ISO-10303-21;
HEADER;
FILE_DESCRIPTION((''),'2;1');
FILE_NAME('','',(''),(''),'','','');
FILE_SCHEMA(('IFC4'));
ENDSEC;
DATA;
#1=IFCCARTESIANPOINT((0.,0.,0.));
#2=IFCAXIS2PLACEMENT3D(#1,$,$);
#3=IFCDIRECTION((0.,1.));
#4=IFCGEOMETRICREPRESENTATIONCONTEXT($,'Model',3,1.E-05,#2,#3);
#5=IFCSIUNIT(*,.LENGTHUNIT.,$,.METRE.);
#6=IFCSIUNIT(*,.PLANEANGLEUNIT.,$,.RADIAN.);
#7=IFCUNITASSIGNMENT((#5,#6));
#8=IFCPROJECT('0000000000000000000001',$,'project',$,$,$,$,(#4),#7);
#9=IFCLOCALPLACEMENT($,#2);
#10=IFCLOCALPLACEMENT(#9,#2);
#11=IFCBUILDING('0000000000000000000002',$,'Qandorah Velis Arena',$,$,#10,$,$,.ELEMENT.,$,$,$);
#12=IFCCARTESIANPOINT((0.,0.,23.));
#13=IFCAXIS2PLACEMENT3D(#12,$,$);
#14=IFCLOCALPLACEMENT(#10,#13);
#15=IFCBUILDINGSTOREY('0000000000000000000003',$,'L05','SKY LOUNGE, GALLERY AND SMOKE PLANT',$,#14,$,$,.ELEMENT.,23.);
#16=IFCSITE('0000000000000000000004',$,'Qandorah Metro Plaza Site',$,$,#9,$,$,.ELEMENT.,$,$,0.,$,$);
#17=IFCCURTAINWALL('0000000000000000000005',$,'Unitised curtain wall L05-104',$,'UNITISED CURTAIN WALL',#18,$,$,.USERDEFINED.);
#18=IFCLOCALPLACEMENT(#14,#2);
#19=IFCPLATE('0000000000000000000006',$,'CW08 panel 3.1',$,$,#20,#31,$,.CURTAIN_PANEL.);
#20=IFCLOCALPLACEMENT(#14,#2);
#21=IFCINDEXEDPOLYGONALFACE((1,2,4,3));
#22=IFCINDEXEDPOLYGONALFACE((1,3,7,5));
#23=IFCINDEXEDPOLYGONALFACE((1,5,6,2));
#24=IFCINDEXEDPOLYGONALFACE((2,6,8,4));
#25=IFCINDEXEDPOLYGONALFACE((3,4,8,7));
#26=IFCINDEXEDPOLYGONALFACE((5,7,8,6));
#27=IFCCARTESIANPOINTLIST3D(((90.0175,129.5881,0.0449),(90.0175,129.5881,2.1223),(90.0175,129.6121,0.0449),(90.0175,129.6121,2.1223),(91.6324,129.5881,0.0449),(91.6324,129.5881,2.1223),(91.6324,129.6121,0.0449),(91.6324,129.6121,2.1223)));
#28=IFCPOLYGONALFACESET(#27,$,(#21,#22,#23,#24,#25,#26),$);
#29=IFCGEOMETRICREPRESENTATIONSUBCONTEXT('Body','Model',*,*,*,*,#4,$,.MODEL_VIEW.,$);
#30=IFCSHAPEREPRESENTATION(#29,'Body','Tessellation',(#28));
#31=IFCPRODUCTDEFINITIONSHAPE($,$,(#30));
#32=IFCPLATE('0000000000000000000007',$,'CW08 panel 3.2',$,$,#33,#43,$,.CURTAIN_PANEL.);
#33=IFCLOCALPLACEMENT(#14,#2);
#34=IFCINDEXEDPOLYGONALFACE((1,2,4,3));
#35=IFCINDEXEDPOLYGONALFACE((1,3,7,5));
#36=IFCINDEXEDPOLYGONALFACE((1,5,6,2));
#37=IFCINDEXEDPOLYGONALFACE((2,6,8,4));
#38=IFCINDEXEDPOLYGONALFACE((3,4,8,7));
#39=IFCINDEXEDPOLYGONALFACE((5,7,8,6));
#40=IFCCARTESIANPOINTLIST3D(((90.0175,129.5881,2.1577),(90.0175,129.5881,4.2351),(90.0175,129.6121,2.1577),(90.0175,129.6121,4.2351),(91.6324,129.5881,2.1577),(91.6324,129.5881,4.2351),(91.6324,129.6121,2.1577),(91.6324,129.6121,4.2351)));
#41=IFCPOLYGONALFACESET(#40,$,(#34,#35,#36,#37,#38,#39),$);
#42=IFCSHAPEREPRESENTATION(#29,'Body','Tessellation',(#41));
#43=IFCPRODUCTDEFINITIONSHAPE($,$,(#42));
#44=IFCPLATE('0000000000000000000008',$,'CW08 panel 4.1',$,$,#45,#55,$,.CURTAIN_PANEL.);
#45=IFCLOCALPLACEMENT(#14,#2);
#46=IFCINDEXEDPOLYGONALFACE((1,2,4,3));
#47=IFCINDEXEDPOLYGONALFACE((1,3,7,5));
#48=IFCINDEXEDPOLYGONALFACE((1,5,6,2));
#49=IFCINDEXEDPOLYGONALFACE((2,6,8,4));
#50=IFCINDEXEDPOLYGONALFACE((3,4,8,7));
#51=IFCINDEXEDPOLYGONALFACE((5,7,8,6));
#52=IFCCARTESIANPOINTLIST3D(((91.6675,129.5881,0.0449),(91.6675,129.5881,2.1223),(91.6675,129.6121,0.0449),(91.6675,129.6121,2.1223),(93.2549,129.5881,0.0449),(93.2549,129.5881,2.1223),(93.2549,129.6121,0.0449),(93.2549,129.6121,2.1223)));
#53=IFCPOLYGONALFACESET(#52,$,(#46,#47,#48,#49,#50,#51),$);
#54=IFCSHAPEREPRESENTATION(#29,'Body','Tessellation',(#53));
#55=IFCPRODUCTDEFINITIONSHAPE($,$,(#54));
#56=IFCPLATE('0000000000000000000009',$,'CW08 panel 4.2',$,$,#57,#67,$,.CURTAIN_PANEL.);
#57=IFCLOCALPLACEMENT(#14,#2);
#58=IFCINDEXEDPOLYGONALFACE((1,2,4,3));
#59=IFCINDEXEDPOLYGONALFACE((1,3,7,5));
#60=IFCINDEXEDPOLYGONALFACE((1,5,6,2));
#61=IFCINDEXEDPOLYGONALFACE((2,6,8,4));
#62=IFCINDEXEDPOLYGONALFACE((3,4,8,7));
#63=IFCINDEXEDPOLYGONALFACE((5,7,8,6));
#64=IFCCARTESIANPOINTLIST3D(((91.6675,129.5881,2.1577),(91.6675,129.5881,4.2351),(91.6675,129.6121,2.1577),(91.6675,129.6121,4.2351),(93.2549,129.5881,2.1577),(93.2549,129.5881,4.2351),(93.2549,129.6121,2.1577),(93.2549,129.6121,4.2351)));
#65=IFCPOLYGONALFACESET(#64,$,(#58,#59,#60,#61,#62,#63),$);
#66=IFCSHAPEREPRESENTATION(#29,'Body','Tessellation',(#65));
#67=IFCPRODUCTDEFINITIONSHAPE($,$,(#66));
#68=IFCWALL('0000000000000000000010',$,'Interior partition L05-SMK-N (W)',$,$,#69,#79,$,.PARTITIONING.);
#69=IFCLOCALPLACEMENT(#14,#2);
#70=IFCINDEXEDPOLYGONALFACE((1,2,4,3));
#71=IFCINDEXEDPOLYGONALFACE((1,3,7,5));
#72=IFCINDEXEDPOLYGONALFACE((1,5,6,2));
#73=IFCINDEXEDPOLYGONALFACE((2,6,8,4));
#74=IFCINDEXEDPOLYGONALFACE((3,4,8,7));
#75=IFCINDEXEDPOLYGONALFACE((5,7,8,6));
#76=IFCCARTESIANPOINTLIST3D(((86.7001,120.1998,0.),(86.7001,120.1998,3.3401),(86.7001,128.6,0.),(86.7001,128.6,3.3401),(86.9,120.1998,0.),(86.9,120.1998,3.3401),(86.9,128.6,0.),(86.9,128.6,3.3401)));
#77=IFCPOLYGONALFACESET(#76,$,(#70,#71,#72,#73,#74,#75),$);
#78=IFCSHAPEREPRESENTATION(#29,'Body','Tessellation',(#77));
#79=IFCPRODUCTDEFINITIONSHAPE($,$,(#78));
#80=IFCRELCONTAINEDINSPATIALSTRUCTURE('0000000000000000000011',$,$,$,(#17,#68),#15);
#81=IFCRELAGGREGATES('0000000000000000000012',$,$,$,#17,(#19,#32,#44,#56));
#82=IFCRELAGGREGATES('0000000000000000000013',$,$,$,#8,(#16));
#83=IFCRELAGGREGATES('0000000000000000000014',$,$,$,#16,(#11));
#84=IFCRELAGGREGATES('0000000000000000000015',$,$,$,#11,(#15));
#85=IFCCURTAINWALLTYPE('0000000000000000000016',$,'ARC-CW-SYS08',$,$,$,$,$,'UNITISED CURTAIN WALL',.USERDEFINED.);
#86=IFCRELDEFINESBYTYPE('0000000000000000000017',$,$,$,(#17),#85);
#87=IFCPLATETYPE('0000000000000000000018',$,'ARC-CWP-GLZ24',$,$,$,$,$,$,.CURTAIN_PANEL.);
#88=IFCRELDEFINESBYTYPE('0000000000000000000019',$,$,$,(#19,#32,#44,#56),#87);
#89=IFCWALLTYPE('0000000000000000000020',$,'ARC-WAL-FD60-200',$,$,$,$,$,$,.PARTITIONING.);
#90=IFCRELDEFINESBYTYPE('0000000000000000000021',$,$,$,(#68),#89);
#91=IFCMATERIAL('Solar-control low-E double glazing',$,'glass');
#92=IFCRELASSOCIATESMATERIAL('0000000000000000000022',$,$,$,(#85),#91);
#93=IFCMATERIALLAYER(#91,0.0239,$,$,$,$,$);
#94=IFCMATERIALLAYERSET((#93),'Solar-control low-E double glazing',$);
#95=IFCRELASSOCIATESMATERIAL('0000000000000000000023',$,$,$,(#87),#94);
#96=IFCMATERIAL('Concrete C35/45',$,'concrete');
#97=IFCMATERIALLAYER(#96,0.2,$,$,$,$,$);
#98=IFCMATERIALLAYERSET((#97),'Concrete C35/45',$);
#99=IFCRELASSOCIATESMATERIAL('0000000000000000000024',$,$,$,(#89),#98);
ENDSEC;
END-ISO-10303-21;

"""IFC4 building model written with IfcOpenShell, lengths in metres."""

from ifc_helpers import new_model, si_unit, direction, frame, frame_2d, origin, origin_2d, place, context, subcontext, project, spatial, rectangle, extrude, material, layer, layer_set, type_object, element, aggregate, save


model = new_model("IFC4")

# Units and contexts
model_context = context("Model", 3, precision=1e-05, world=origin(), true_north=direction((0.0, 1.0)))
body_context = subcontext(model_context, "Body", "Model", "MODEL_VIEW")
ifc_project = project(units=[si_unit("LENGTHUNIT", "METRE"), si_unit("PLANEANGLEUNIT", "RADIAN")], contexts=[model_context])

# Site, building, storey
site_placement = place(None, origin())
site = spatial("IfcSite", under=ifc_project, at=site_placement, Name="Qandorah Metro Plaza Site", CompositionType="ELEMENT", RefElevation=0.0)
building_placement = place(site_placement, origin())
building = spatial("IfcBuilding", under=site, at=building_placement, Name="Qandorah Velis Arena", CompositionType="ELEMENT")
storey_placement = place(building_placement, frame((0.0, 0.0, 23.0)))
storey = spatial("IfcBuildingStorey", under=building, at=storey_placement, Name="L05", Description="SKY LOUNGE, GALLERY AND SMOKE PLANT", CompositionType="ELEMENT", Elevation=23.0)

# Curtain wall
ifc_material_1 = material(Name="Solar-control low-E double glazing", Category="glass")
curtain_wall_type = type_object("IfcCurtainWallType", Name="ARC-CW-SYS08", ElementType="UNITISED CURTAIN WALL", PredefinedType="USERDEFINED", material=ifc_material_1)
curtain_wall_placement = place(storey_placement, origin())
curtain_wall = element("IfcCurtainWall", 1, at=curtain_wall_placement, inside=storey, type_object=curtain_wall_type, Name="Unitised curtain wall L05-104", ObjectType="UNITISED CURTAIN WALL", PredefinedType="USERDEFINED")

# Plates
ifc_layer_1 = layer(ifc_material_1, 0.0239)
ifc_layer_set_1 = layer_set([ifc_layer_1], Name="Solar-control low-E double glazing")
plate_type = type_object("IfcPlateType", Name="ARC-CWP-GLZ24", PredefinedType="CURTAIN_PANEL", material=ifc_layer_set_1)
plate_1_placement = place(storey_placement, frame((90.825, 129.6001, 0.0449), z_axis=(0.0, 0.0, 1.0), x_axis=(1.0, 0.0, 0.0)))
plate_1 = element("IfcPlate", 2, at=plate_1_placement, type_object=plate_type, Name="CW08 panel 3.1", PredefinedType="CURTAIN_PANEL", context=body_context, shape_type="SweptSolid", body=[
    extrude(rectangle(XDim=1.615, YDim=0.0239, at=origin_2d()), origin(), (0.0, 0.0, 1.0), 2.0774),
])
plate_2_placement = place(storey_placement, frame((90.825, 129.6001, 2.1577), z_axis=(0.0, 0.0, 1.0), x_axis=(1.0, 0.0, 0.0)))
plate_2 = element("IfcPlate", 3, at=plate_2_placement, type_object=plate_type, Name="CW08 panel 3.2", PredefinedType="CURTAIN_PANEL", context=body_context, shape_type="SweptSolid", body=[
    extrude(rectangle(XDim=1.615, YDim=0.0239, at=origin_2d()), origin(), (0.0, 0.0, 1.0), 2.0774),
])
plate_3_placement = place(storey_placement, frame((92.4612, 129.6001, 0.0449), z_axis=(0.0, 0.0, 1.0), x_axis=(1.0, 0.0, 0.0)))
plate_3 = element("IfcPlate", 4, at=plate_3_placement, type_object=plate_type, Name="CW08 panel 4.1", PredefinedType="CURTAIN_PANEL", context=body_context, shape_type="SweptSolid", body=[
    extrude(rectangle(XDim=1.5874, YDim=0.0239, at=origin_2d()), origin(), (0.0, 0.0, 1.0), 2.0774),
])
plate_4_placement = place(storey_placement, frame((92.4612, 129.6001, 2.1577), z_axis=(0.0, 0.0, 1.0), x_axis=(1.0, 0.0, 0.0)))
plate_4 = element("IfcPlate", 5, at=plate_4_placement, type_object=plate_type, Name="CW08 panel 4.2", PredefinedType="CURTAIN_PANEL", context=body_context, shape_type="SweptSolid", body=[
    extrude(rectangle(XDim=1.5874, YDim=0.0239, at=origin_2d()), origin(), (0.0, 0.0, 1.0), 2.0774),
])
aggregate(curtain_wall, [plate_1, plate_2, plate_3, plate_4])

# Wall
ifc_material_2 = material(Name="Concrete C35/45", Category="concrete")
ifc_layer_2 = layer(ifc_material_2, 0.2)
ifc_layer_set_2 = layer_set([ifc_layer_2], Name="Concrete C35/45")
wall_type = type_object("IfcWallType", Name="ARC-WAL-FD60-200", PredefinedType="PARTITIONING", material=ifc_layer_set_2)
wall_placement = place(storey_placement, frame((86.8, 128.6001, 0.0), z_axis=(0.0, 0.0, 1.0), x_axis=(0.0, -1.0, 0.0)))
element("IfcWall", 6, at=wall_placement, inside=storey, type_object=wall_type, Name="Interior partition L05-SMK-N (W)", PredefinedType="PARTITIONING", context=body_context, shape_type="SweptSolid", body=[
    extrude(rectangle(XDim=8.4001, YDim=0.2, at=frame_2d((4.2002, 0.0))), origin(), (0.0, 0.0, 1.0), 3.3401),
])

save(model, "model.ifc")
